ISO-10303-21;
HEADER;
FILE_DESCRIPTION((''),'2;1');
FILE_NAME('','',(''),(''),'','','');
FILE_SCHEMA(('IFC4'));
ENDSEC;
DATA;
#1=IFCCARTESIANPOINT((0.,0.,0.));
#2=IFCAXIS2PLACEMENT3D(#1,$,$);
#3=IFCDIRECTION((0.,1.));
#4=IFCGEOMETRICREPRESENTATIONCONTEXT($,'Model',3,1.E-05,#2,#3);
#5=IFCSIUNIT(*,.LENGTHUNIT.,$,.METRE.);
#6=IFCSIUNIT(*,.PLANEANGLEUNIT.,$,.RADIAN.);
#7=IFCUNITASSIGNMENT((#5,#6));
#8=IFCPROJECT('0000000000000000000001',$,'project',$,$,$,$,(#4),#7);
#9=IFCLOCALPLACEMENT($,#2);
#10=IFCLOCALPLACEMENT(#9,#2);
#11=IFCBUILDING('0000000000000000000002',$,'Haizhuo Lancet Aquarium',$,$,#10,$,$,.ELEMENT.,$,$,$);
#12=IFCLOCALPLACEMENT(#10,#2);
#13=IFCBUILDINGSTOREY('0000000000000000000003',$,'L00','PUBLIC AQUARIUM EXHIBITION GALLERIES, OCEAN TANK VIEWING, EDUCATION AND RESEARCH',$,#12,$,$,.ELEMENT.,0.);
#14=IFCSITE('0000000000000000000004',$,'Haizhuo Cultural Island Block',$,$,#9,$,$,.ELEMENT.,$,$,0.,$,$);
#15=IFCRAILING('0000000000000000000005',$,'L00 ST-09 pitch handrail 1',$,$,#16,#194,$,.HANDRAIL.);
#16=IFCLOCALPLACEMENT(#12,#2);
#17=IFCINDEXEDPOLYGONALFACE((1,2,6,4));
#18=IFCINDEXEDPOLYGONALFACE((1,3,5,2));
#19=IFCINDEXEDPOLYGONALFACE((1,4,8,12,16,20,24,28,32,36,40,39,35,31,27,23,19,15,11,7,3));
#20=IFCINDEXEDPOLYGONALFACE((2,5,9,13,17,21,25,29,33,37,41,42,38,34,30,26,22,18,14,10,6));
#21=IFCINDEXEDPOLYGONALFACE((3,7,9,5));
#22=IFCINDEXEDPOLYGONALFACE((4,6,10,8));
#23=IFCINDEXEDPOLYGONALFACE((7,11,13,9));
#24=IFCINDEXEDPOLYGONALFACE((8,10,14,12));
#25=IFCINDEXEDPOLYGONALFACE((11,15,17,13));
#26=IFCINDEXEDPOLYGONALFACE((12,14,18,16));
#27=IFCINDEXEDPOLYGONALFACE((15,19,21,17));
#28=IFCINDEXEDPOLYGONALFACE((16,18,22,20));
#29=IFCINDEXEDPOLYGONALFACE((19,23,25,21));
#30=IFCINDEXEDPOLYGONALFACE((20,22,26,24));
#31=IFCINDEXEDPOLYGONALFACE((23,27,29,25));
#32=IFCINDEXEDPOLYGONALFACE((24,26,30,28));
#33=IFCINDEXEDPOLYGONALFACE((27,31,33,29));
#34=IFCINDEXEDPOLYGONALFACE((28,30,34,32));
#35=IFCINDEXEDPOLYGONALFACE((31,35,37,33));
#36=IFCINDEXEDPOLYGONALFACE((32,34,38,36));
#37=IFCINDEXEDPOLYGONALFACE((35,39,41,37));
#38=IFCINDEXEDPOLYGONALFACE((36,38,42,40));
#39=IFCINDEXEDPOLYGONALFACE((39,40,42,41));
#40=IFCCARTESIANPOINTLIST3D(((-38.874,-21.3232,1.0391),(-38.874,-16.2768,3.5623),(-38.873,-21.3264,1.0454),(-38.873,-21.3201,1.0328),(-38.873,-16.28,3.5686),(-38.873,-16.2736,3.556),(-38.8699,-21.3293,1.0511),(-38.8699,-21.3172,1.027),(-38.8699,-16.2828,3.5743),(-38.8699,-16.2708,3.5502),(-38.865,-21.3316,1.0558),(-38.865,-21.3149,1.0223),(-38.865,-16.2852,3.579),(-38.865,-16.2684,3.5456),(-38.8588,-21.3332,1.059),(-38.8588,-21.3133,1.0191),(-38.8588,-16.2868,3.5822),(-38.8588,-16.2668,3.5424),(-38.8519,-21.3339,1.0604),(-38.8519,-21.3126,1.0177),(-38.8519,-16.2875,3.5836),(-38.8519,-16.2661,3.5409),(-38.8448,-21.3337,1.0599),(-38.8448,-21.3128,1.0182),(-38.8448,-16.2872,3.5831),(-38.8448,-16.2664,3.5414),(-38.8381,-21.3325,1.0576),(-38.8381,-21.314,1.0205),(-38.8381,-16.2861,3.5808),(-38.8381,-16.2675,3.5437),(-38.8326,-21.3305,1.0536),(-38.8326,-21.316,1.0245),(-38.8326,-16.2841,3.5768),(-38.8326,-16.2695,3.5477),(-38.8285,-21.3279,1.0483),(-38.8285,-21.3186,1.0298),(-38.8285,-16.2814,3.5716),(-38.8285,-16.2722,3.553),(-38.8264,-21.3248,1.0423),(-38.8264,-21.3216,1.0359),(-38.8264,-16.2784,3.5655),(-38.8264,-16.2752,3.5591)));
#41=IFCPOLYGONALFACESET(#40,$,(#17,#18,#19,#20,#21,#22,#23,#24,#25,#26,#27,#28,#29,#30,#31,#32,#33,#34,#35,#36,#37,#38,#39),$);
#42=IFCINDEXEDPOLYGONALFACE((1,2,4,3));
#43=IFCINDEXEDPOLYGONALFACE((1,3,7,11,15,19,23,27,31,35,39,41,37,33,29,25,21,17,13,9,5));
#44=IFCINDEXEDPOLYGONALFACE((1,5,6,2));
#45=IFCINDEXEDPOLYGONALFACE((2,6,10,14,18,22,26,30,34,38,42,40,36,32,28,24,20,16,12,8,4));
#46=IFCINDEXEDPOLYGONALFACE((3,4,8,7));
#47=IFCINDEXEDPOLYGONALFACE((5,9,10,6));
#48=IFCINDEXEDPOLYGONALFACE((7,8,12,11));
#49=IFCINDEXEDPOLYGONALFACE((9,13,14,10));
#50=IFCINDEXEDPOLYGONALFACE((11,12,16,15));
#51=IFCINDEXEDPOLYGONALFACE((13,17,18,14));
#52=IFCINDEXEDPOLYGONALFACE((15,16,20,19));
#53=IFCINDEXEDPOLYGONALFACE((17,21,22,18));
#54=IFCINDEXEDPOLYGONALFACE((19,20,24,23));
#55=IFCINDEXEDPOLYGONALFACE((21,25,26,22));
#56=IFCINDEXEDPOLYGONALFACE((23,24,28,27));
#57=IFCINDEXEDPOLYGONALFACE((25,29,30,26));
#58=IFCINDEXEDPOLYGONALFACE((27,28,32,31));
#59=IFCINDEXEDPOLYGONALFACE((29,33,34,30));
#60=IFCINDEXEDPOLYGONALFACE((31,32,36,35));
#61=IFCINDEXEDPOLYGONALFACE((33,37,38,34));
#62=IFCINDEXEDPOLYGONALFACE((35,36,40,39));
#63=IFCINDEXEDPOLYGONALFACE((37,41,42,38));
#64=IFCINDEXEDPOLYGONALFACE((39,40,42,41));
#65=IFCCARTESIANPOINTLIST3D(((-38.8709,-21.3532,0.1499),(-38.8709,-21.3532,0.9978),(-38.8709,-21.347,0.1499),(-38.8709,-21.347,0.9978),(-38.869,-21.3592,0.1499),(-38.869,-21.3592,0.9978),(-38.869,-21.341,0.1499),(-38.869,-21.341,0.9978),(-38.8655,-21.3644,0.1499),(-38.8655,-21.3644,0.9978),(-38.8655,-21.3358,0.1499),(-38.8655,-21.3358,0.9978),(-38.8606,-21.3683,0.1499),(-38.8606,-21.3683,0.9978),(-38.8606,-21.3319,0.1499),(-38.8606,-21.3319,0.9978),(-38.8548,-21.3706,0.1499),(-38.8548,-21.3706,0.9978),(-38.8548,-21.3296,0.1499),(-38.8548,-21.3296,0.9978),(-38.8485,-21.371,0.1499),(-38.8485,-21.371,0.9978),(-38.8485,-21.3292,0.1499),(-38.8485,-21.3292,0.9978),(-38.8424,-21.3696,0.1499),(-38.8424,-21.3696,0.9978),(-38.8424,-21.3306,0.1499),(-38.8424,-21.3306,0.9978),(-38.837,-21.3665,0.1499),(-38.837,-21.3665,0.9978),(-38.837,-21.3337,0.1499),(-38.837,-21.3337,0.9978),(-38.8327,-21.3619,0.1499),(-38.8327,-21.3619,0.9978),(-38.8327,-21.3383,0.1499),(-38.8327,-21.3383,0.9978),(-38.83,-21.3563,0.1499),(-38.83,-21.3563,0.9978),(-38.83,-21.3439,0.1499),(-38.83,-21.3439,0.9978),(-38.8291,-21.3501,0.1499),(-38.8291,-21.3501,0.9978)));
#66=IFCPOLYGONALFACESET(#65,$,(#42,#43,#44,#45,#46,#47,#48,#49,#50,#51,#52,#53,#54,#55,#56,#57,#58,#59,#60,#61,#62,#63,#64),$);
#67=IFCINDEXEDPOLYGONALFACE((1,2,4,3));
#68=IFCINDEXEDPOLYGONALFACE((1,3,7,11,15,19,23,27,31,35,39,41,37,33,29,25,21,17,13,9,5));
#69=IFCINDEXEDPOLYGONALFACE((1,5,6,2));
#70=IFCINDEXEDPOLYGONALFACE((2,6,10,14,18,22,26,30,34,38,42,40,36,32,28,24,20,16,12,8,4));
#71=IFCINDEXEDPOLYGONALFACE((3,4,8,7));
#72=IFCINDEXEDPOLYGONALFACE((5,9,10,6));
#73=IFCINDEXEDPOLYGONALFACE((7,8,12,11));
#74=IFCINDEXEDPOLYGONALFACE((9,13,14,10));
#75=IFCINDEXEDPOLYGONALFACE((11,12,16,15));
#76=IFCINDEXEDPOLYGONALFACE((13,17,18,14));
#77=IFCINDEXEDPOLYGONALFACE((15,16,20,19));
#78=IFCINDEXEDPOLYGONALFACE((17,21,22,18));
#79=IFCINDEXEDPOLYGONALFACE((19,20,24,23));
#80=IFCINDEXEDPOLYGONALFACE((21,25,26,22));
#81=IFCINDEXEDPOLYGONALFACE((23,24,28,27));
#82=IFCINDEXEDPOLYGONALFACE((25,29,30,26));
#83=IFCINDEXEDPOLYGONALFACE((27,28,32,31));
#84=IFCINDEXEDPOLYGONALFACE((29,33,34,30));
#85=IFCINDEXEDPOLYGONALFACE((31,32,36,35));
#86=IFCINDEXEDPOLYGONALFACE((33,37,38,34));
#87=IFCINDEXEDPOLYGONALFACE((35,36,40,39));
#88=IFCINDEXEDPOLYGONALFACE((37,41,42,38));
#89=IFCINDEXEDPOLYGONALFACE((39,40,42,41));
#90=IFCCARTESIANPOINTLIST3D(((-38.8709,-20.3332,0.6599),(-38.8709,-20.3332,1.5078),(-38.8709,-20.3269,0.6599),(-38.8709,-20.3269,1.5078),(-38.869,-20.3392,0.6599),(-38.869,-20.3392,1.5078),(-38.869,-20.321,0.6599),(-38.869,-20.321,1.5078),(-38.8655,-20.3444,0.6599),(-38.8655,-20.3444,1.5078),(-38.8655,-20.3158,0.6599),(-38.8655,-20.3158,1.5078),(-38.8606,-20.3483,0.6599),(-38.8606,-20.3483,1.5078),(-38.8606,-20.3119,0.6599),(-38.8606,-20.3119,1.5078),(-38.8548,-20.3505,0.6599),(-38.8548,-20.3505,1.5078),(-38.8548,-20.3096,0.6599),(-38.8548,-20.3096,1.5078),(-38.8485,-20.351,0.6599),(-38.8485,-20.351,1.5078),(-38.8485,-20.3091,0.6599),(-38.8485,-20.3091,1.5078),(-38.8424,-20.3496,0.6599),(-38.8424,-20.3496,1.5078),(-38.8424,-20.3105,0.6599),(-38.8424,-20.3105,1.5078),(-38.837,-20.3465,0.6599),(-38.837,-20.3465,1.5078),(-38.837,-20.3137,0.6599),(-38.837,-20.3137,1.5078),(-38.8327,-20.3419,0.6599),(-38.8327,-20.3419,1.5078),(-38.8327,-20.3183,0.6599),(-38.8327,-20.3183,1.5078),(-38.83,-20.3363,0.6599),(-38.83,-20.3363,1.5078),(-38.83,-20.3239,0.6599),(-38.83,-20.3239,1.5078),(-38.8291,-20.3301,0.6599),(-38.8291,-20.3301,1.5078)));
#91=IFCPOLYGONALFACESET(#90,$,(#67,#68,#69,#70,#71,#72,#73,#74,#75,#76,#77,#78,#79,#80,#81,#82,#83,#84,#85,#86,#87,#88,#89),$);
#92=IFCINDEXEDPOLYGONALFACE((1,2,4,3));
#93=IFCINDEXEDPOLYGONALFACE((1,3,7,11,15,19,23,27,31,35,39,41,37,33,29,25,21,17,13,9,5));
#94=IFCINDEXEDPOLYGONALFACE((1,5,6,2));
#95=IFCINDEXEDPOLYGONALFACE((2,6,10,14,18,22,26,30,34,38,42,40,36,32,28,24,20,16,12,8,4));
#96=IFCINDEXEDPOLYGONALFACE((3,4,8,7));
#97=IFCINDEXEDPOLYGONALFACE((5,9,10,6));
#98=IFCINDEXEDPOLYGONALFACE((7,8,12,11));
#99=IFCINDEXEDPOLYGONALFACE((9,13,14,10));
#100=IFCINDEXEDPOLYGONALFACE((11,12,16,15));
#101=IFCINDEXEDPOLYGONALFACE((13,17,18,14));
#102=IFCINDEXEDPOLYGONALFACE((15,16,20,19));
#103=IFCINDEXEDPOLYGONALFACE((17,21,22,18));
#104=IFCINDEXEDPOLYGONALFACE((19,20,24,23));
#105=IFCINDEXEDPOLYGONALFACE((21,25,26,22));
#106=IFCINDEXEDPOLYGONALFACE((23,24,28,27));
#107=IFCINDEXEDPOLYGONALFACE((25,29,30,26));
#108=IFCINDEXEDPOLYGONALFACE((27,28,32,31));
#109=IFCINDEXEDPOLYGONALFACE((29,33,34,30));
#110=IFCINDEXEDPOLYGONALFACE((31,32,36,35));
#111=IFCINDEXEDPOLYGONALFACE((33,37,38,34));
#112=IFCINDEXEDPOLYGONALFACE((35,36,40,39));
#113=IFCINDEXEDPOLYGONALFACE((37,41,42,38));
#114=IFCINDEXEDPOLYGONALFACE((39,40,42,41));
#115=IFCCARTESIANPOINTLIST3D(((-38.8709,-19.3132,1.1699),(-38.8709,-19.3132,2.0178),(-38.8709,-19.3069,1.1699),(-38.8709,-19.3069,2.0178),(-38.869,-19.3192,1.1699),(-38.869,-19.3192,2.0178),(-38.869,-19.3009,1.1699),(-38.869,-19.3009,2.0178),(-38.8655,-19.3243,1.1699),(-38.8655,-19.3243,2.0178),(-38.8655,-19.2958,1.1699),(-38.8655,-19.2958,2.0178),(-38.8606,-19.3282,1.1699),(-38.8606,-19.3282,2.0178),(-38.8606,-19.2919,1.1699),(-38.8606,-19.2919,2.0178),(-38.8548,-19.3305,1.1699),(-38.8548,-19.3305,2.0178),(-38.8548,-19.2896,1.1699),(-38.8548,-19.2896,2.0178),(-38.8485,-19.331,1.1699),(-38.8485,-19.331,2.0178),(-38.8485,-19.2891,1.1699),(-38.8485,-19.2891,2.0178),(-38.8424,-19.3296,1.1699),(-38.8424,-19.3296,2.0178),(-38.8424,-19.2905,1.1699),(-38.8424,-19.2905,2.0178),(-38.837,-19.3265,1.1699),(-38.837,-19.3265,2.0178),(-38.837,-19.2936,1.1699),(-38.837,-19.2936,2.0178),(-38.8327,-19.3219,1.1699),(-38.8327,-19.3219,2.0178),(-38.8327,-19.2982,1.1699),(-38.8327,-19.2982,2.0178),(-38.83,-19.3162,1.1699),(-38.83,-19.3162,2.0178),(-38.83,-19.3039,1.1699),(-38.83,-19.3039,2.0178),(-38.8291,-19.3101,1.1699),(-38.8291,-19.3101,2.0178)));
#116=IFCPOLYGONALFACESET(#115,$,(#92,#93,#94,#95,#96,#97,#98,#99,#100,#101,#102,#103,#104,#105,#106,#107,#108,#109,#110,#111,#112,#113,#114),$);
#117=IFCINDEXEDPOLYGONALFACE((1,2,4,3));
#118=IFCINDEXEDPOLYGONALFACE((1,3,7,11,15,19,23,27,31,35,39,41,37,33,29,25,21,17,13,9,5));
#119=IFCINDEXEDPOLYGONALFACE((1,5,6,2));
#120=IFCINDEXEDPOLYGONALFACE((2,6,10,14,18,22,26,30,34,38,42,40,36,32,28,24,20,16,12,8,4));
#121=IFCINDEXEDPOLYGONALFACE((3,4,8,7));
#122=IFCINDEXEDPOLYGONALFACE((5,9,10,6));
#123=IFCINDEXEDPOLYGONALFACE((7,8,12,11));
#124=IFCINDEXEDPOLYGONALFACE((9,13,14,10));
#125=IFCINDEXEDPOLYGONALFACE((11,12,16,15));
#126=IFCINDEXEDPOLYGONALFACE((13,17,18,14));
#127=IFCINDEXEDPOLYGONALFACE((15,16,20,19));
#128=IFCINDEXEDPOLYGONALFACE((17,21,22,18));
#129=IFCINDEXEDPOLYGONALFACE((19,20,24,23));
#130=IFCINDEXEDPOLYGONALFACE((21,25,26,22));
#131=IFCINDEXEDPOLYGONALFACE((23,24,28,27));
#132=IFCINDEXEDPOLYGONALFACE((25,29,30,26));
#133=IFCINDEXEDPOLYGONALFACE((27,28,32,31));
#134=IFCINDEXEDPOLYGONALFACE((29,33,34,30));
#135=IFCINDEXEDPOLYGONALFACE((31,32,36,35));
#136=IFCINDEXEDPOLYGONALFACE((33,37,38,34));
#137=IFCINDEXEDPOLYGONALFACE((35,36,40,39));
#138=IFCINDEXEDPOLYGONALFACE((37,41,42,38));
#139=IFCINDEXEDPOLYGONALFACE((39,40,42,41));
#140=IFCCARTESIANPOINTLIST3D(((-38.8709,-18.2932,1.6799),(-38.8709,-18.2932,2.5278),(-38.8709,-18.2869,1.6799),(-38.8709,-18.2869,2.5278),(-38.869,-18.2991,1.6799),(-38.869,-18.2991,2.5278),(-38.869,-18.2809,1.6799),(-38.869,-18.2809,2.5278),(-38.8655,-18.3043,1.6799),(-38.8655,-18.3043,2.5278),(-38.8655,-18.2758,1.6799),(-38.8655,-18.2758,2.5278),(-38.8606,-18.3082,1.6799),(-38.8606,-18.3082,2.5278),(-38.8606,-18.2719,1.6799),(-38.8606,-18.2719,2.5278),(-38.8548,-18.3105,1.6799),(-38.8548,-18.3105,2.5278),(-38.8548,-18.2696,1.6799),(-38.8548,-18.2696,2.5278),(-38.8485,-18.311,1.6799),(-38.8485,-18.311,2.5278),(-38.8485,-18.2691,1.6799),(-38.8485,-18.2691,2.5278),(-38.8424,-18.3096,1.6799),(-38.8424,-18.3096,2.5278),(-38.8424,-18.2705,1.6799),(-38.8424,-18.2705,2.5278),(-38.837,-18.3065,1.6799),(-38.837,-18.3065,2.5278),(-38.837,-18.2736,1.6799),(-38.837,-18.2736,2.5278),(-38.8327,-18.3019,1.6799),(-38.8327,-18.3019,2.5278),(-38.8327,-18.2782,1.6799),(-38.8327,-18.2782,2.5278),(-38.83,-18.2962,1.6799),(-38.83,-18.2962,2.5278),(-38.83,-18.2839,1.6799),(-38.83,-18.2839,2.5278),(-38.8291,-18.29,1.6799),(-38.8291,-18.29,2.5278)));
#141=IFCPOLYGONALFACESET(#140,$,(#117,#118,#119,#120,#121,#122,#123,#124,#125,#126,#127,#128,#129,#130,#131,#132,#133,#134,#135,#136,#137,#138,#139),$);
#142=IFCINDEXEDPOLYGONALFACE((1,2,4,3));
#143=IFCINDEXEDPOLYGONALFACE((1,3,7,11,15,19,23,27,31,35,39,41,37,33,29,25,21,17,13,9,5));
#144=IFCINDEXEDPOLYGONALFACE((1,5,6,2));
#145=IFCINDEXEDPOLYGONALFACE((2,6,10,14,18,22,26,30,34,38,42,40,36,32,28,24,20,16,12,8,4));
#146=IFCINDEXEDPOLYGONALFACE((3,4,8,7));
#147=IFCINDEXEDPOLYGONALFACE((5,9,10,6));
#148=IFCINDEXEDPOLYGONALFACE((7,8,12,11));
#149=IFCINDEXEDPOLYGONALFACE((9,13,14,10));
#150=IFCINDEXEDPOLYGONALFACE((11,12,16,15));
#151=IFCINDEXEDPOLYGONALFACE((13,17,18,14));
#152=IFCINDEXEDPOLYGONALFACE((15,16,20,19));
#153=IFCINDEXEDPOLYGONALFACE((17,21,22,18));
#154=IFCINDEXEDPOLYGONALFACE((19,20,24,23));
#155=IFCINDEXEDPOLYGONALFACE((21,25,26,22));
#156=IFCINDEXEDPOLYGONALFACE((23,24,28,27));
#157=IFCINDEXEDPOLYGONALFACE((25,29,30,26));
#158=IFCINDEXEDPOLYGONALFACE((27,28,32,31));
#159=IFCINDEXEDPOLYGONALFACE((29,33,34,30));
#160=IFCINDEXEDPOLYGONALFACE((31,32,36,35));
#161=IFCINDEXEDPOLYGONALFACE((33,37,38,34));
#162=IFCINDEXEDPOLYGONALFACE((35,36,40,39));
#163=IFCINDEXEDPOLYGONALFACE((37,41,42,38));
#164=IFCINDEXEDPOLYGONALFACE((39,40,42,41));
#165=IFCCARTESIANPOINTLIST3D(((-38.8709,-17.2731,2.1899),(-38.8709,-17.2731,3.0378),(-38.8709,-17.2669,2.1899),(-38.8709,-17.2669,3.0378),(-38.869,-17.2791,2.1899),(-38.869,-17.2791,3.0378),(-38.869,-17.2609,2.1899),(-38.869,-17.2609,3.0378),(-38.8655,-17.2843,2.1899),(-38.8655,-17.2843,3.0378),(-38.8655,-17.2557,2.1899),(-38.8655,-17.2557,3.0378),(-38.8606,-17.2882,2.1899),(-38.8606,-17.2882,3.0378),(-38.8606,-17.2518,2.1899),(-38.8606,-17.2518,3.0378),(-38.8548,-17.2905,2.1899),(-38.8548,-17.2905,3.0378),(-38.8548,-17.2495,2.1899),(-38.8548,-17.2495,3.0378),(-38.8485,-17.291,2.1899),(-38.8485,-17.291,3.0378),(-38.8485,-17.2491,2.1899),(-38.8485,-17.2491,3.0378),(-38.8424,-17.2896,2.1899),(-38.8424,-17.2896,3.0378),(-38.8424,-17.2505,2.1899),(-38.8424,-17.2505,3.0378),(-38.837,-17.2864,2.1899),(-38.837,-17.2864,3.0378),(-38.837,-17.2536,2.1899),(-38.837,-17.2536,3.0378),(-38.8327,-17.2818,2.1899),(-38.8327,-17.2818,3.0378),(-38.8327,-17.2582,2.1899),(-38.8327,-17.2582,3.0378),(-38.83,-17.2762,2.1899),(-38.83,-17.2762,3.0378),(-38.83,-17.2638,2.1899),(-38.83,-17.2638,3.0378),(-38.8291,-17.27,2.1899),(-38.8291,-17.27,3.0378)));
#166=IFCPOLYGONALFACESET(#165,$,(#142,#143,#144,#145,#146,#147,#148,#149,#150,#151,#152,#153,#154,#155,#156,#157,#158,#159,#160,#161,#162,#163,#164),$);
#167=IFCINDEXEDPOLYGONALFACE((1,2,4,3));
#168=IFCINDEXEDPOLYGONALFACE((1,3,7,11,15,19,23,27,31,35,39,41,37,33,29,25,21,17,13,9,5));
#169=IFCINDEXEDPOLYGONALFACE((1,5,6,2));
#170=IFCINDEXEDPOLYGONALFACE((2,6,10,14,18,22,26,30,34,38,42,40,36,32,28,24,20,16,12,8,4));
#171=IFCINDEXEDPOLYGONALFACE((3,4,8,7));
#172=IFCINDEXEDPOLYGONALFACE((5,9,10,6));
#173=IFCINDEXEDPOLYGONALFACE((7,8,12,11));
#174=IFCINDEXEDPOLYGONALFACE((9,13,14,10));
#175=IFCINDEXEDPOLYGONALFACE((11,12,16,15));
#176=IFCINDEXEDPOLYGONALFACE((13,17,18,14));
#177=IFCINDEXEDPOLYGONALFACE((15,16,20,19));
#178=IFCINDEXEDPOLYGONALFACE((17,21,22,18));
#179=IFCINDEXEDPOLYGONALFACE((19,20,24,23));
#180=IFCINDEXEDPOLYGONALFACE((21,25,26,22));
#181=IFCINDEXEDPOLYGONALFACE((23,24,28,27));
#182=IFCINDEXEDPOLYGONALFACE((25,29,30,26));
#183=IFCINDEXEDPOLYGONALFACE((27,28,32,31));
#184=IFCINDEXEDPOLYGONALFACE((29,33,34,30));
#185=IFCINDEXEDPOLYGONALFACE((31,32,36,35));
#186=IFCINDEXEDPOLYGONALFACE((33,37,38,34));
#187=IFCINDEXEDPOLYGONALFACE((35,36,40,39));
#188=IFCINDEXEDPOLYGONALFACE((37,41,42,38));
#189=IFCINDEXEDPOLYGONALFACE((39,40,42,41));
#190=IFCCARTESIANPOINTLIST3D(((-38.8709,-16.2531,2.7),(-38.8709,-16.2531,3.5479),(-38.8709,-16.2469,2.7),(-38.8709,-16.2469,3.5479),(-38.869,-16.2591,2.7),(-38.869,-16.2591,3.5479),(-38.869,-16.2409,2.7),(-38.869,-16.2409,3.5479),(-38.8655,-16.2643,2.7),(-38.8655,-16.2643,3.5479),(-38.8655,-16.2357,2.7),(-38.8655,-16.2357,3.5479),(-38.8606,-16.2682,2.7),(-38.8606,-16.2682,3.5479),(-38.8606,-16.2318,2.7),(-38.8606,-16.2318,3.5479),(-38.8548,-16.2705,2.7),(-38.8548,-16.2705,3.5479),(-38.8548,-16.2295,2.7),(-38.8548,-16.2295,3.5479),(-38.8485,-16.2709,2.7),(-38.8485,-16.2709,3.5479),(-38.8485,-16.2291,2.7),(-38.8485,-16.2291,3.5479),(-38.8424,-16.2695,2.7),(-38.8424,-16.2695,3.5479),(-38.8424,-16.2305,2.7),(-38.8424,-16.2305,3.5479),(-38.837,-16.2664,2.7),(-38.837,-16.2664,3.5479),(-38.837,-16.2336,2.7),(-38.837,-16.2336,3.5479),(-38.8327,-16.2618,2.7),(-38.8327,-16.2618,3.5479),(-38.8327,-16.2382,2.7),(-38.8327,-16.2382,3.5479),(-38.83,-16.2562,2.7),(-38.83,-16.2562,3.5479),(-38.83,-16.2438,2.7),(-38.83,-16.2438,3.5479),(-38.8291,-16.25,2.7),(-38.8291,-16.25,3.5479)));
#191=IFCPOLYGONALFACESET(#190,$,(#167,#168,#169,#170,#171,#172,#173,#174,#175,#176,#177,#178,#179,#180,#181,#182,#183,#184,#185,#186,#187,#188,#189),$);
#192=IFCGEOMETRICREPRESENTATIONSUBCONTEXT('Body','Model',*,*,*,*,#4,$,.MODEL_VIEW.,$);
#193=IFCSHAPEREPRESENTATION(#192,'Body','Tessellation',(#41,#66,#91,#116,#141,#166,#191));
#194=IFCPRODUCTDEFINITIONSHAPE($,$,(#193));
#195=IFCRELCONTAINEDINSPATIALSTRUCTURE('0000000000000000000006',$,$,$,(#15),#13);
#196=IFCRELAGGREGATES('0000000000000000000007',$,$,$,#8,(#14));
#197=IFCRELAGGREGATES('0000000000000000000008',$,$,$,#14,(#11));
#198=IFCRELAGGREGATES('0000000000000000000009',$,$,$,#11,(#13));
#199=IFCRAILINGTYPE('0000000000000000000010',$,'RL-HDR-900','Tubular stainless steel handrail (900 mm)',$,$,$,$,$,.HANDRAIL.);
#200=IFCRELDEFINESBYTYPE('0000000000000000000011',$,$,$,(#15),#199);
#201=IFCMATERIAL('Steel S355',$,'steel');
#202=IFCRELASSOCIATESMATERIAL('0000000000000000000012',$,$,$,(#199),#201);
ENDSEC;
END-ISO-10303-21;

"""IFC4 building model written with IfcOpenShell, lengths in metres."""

from ifc_helpers import new_model, si_unit, direction, frame, origin, origin_2d, place, context, subcontext, project, spatial, circle, extrude, material, type_object, element, save


model = new_model("IFC4")

# Units and contexts
model_context = context("Model", 3, precision=1e-05, world=origin(), true_north=direction((0.0, 1.0)))
body_context = subcontext(model_context, "Body", "Model", "MODEL_VIEW")
ifc_project = project(units=[si_unit("LENGTHUNIT", "METRE"), si_unit("PLANEANGLEUNIT", "RADIAN")], contexts=[model_context])

# Site, building, storey
site_placement = place(None, origin())
site = spatial("IfcSite", under=ifc_project, at=site_placement, Name="Haizhuo Cultural Island Block", CompositionType="ELEMENT", RefElevation=0.0)
building_placement = place(site_placement, origin())
building = spatial("IfcBuilding", under=site, at=building_placement, Name="Haizhuo Lancet Aquarium", CompositionType="ELEMENT")
storey_placement = place(building_placement, origin())
storey = spatial("IfcBuildingStorey", under=building, at=storey_placement, Name="L00", Description="PUBLIC AQUARIUM EXHIBITION GALLERIES, OCEAN TANK VIEWING, EDUCATION AND RESEARCH", CompositionType="ELEMENT", Elevation=0.0)

# Shared definitions
ifc_material_1 = material(Name="Steel S355", Category="steel")

# Railing
railing_type_1 = type_object("IfcRailingType", Name="RL-HDR-900", Description="Tubular stainless steel handrail (900 mm)", PredefinedType="HANDRAIL", material=ifc_material_1)
railing_1_placement = place(storey_placement, frame((-38.8501, -21.3501, 0.1499)))
element("IfcRailing", 1, at=railing_1_placement, inside=storey, type_object=railing_type_1, Name="L00 ST-09 pitch handrail 1", PredefinedType="HANDRAIL", context=body_context, shape_type="SweptSolid", body=[
    extrude(circle(Radius=0.0239, at=origin_2d()), frame((0.0, 0.0269, 0.8892), z_axis=(0.0, 0.894427, 0.447214), x_axis=(-1.0, 0.0, 0.0)), (0.0, 0.0, 1.0), 5.6421),
    extrude(circle(Radius=0.021, at=origin_2d()), origin(), (0.0, 0.0, 1.0), 0.8479),
    extrude(circle(Radius=0.021, at=origin_2d()), frame((0.0, 1.02, 0.51)), (0.0, 0.0, 1.0), 0.8479),
    extrude(circle(Radius=0.021, at=origin_2d()), frame((0.0, 2.04, 1.02)), (0.0, 0.0, 1.0), 0.8479),
    extrude(circle(Radius=0.021, at=origin_2d()), frame((0.0, 3.0601, 1.53)), (0.0, 0.0, 1.0), 0.8479),
    extrude(circle(Radius=0.021, at=origin_2d()), frame((0.0, 4.0801, 2.04)), (0.0, 0.0, 1.0), 0.8479),
    extrude(circle(Radius=0.021, at=origin_2d()), frame((0.0, 5.1001, 2.55)), (0.0, 0.0, 1.0), 0.8479),
])

save(model, "model.ifc")
